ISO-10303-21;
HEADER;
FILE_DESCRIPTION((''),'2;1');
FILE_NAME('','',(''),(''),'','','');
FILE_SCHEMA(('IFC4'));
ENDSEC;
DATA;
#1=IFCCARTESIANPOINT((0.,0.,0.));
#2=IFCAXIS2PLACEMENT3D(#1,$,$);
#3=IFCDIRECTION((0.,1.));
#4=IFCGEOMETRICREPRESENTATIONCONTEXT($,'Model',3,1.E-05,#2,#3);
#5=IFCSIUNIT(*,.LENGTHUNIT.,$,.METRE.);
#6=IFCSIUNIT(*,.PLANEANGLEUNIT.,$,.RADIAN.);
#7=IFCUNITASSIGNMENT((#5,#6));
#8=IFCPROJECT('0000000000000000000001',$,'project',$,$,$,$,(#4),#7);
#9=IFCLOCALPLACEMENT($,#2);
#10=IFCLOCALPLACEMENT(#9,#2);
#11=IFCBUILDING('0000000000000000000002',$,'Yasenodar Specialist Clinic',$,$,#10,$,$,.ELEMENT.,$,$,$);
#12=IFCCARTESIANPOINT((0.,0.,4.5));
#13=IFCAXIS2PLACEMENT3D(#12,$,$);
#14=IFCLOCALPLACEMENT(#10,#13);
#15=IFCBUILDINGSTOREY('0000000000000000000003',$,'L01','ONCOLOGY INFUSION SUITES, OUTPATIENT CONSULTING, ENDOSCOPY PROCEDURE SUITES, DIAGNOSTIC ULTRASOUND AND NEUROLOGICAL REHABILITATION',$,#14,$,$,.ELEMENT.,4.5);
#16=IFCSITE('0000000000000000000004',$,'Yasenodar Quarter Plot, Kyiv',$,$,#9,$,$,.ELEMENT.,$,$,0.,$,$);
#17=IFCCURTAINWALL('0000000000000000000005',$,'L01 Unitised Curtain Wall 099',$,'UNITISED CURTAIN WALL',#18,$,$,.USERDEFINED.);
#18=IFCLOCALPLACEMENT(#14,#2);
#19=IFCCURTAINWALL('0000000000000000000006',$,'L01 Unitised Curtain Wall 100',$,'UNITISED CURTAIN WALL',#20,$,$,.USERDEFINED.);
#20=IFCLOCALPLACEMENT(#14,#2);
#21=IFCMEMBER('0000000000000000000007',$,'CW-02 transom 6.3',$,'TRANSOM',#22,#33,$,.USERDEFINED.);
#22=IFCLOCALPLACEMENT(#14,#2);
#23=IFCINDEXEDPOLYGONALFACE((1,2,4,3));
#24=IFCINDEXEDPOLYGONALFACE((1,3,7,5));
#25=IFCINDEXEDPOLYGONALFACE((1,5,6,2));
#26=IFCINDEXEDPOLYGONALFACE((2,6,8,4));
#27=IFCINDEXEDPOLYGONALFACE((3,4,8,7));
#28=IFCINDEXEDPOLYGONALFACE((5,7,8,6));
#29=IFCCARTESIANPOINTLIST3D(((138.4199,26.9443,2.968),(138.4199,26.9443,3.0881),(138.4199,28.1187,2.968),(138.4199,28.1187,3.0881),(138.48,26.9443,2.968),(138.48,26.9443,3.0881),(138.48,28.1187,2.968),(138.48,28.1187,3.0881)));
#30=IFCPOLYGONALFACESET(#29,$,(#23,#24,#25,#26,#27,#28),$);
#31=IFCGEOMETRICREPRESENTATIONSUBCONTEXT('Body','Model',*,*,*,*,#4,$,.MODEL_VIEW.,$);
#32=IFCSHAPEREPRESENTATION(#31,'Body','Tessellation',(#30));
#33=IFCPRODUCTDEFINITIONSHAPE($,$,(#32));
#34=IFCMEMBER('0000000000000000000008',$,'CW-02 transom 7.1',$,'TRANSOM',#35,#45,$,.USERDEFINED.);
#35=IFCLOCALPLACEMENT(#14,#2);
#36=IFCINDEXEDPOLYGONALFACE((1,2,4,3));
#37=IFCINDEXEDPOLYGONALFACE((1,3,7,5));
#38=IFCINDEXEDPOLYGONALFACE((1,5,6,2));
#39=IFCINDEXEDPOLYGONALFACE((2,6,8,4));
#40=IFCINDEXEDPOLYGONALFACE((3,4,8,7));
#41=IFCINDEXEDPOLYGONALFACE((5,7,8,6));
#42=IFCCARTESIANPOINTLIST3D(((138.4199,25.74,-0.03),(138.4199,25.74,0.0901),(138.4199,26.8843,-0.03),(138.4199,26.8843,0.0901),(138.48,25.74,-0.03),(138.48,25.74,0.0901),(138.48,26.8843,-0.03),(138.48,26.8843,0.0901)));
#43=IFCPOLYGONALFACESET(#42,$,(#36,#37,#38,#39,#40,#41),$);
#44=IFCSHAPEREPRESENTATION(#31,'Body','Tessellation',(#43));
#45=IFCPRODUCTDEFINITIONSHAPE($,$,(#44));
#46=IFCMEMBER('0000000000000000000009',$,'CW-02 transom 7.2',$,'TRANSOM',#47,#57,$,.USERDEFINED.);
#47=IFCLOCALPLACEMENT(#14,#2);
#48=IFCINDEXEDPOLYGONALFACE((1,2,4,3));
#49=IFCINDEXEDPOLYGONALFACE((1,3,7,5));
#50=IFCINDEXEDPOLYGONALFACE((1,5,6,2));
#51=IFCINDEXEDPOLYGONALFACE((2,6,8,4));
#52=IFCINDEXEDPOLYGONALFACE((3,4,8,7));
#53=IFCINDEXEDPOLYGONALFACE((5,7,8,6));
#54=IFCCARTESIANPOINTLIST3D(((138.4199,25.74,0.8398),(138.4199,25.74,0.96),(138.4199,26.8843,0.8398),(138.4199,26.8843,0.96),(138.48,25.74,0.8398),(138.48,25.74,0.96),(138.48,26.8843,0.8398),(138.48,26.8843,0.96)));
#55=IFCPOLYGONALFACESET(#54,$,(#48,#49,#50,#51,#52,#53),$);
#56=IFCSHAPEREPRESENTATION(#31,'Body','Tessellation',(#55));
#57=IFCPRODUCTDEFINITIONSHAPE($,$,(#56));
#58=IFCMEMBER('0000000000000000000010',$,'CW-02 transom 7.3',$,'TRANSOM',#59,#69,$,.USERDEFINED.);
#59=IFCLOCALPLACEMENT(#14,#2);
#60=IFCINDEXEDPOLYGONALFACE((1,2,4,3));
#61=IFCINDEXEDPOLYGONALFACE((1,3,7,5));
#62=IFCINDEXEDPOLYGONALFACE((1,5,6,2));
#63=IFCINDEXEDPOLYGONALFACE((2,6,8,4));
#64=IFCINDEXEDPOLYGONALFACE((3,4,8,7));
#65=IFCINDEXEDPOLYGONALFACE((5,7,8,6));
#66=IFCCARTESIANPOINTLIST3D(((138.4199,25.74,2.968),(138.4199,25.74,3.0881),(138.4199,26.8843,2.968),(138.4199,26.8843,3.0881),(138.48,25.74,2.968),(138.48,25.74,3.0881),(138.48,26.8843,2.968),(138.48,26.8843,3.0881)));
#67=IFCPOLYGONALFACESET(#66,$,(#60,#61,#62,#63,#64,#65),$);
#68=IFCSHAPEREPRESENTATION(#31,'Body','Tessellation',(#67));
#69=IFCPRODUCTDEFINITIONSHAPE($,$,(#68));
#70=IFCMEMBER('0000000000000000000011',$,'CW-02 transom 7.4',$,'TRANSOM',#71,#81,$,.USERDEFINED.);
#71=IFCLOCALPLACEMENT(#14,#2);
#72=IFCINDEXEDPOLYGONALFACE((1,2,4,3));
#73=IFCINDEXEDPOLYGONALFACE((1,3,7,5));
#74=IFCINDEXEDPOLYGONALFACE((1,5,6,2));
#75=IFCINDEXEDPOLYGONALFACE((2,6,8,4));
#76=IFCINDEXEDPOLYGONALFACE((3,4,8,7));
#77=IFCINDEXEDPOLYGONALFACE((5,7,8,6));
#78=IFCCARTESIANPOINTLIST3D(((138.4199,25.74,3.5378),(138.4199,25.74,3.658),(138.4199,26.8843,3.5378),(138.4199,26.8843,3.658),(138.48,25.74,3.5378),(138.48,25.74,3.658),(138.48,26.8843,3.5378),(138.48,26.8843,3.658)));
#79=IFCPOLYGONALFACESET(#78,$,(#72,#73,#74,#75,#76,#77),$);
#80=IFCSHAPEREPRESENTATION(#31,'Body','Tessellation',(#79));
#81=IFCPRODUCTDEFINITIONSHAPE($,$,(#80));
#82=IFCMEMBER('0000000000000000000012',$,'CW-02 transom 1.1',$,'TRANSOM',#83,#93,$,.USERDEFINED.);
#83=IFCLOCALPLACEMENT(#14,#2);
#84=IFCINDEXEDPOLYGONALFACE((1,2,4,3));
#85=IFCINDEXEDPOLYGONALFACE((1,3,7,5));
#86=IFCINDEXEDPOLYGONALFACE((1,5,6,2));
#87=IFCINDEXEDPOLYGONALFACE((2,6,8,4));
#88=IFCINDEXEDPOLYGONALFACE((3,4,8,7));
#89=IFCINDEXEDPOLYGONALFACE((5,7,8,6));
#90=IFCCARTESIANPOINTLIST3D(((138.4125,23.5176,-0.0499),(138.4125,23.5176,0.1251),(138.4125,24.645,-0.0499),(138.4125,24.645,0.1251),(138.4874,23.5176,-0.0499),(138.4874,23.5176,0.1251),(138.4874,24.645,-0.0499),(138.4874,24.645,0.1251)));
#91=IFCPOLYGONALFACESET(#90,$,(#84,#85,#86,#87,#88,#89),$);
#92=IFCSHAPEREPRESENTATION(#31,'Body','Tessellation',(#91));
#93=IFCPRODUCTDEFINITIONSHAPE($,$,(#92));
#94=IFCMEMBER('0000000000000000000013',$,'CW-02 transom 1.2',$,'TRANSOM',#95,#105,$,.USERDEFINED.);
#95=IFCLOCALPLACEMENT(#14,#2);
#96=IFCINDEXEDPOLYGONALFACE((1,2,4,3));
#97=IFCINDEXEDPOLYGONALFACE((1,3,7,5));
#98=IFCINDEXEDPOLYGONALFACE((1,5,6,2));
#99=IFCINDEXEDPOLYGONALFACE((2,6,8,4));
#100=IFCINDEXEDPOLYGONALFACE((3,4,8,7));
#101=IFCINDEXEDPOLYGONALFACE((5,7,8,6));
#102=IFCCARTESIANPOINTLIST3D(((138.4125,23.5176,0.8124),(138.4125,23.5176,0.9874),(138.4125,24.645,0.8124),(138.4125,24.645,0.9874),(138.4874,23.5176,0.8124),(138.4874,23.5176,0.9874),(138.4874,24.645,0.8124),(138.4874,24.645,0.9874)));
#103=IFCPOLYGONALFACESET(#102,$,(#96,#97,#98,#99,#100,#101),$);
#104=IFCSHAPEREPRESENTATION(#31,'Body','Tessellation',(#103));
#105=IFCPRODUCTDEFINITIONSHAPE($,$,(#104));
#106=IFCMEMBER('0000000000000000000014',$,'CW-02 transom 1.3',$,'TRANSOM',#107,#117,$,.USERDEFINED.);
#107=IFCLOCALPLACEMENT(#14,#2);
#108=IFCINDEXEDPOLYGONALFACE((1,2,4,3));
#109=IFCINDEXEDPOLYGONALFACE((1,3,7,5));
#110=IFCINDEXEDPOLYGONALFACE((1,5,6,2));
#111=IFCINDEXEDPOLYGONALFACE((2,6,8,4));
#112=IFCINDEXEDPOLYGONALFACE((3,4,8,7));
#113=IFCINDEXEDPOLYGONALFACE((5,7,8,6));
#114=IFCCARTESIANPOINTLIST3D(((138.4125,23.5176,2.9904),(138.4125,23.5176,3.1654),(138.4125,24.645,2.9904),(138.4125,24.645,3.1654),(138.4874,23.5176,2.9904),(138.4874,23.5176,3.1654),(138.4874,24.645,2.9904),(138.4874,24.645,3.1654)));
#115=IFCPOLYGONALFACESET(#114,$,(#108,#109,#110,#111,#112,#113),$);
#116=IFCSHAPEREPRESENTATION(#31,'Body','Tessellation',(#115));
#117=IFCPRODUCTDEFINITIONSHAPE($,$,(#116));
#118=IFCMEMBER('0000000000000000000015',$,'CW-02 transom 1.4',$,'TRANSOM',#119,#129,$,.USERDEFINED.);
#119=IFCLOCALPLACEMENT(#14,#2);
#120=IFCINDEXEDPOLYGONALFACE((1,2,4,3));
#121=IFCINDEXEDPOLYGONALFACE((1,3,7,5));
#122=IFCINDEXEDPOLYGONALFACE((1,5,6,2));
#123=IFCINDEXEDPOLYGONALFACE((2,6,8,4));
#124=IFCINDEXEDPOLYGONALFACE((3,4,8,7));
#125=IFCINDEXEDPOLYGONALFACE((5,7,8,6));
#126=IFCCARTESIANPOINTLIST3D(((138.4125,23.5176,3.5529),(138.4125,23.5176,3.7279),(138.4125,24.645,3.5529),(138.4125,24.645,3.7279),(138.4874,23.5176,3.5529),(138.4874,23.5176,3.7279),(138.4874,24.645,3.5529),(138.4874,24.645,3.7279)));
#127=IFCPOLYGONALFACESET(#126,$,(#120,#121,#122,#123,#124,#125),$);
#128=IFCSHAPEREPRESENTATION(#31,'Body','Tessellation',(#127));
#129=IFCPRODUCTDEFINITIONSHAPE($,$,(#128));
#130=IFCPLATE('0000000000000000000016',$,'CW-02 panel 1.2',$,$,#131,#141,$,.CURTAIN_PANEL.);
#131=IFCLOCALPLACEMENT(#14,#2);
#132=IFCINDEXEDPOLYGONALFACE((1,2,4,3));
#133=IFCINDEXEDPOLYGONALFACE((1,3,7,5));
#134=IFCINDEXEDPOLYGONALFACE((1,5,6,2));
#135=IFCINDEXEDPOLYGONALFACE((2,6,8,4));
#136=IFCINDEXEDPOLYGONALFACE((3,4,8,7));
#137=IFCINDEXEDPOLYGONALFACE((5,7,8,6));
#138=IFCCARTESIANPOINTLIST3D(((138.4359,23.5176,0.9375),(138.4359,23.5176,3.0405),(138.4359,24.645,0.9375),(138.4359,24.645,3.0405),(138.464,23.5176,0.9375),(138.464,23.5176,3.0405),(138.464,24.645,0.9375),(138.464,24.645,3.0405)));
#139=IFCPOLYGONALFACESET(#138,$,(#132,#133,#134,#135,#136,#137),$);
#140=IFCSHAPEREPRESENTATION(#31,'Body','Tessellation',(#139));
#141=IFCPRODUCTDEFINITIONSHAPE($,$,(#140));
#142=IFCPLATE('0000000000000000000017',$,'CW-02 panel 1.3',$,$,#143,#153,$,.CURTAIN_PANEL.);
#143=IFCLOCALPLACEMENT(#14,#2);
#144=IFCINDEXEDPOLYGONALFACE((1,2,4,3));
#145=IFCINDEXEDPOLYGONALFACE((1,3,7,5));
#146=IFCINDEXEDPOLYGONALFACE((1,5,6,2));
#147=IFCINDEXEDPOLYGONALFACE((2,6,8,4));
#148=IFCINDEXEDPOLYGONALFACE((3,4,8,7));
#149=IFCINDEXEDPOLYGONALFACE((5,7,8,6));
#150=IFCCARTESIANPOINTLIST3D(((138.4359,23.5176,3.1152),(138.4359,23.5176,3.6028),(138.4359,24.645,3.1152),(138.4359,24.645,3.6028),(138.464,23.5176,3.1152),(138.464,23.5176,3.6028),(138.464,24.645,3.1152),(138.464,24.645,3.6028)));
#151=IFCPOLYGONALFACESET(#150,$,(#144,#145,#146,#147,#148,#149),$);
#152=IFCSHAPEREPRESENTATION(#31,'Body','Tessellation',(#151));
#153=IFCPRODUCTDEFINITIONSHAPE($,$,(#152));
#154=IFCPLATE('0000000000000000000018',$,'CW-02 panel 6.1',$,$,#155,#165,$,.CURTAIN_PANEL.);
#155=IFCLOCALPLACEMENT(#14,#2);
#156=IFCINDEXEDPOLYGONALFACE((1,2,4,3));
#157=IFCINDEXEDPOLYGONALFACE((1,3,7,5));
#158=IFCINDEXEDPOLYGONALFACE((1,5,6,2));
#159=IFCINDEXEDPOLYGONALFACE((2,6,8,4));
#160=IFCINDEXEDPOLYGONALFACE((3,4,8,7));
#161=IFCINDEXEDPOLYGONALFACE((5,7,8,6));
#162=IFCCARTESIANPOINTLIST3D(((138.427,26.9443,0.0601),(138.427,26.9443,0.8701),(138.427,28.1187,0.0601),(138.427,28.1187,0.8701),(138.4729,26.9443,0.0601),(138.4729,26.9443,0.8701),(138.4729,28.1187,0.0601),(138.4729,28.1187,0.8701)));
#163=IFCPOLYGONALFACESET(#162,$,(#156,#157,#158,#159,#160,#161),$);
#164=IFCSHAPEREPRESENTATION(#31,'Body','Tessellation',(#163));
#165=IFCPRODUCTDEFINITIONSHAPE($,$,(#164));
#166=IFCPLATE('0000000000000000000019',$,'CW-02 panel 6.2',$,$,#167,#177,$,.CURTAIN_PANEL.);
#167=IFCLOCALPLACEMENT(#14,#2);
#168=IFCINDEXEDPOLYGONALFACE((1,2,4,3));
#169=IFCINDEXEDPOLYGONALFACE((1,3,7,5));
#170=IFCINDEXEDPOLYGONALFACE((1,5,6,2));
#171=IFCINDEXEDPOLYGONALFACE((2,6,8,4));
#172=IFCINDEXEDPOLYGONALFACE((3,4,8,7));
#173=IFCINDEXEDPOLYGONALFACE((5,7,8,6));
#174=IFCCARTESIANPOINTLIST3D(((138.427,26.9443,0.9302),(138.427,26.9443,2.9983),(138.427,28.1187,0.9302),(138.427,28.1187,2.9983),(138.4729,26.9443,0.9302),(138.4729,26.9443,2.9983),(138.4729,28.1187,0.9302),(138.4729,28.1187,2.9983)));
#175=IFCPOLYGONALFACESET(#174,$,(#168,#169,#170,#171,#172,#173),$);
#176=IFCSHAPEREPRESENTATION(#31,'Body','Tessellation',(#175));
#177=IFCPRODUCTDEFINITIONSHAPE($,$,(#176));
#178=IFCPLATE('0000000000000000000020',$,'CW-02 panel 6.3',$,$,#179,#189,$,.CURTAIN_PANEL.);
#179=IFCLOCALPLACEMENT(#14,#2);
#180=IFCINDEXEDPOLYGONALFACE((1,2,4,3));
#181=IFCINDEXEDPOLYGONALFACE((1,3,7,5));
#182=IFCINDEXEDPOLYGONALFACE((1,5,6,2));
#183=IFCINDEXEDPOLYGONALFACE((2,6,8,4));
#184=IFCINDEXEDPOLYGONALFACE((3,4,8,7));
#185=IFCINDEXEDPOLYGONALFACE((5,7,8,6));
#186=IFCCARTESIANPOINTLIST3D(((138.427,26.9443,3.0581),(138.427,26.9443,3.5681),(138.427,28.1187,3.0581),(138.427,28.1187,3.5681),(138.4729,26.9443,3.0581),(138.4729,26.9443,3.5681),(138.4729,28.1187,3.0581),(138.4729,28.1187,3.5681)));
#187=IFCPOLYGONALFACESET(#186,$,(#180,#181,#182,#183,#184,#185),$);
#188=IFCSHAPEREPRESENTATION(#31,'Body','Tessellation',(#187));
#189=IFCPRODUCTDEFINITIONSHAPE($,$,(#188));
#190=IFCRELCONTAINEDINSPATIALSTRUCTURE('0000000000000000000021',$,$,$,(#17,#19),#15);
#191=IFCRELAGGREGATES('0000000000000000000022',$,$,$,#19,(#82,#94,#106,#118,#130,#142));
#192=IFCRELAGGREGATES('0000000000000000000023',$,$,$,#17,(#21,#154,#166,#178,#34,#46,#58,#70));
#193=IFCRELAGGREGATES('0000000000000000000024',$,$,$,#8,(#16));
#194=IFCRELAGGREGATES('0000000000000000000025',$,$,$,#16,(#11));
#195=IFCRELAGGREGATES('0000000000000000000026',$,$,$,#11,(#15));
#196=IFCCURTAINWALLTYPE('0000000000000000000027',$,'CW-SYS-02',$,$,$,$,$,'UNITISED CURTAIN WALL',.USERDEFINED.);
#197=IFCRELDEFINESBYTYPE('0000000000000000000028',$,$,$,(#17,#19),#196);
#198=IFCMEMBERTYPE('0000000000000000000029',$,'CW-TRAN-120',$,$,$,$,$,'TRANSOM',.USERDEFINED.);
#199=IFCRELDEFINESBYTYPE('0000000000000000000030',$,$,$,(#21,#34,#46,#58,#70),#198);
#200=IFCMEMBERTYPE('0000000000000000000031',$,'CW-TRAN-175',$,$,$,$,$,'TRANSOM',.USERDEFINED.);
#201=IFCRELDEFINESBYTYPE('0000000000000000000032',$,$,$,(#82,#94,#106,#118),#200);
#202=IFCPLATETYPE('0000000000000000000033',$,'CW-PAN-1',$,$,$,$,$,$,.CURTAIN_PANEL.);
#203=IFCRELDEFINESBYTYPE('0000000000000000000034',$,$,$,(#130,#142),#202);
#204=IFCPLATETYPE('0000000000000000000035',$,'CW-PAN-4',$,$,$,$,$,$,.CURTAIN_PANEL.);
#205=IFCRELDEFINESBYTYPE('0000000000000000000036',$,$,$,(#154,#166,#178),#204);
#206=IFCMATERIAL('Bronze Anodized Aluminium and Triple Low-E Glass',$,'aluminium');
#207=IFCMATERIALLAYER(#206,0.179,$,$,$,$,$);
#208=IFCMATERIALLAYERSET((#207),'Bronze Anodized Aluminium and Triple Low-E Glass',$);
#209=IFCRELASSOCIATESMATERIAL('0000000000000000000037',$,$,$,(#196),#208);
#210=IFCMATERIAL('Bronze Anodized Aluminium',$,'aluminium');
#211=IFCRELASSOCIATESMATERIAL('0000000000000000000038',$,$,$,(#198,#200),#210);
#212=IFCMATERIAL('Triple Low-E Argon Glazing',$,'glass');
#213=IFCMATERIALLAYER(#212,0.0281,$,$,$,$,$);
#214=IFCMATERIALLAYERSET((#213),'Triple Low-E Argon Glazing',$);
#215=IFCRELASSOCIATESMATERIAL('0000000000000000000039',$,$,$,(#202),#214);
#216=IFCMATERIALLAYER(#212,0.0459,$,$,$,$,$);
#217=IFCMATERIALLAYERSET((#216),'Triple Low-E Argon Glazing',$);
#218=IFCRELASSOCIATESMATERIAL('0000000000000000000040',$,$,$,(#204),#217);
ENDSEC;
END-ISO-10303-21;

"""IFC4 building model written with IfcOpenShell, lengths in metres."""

from ifc_helpers import new_model, si_unit, direction, frame, origin, origin_2d, place, context, subcontext, project, spatial, rectangle, extrude, material, layer, layer_set, material_profile, profile_set, type_object, element, aggregate, save


model = new_model("IFC4")

# Units and contexts
model_context = context("Model", 3, precision=1e-05, world=origin(), true_north=direction((0.0, 1.0)))
body_context = subcontext(model_context, "Body", "Model", "MODEL_VIEW")
ifc_project = project(units=[si_unit("LENGTHUNIT", "METRE"), si_unit("PLANEANGLEUNIT", "RADIAN")], contexts=[model_context])

# Site, building, storey
site_placement = place(None, origin())
site = spatial("IfcSite", under=ifc_project, at=site_placement, Name="Yasenodar Quarter Plot, Kyiv", CompositionType="ELEMENT", RefElevation=0.0)
building_placement = place(site_placement, origin())
building = spatial("IfcBuilding", under=site, at=building_placement, Name="Yasenodar Specialist Clinic", CompositionType="ELEMENT")
storey_placement = place(building_placement, frame((0.0, 0.0, 4.5)))
storey = spatial("IfcBuildingStorey", under=building, at=storey_placement, Name="L01", Description="ONCOLOGY INFUSION SUITES, OUTPATIENT CONSULTING, ENDOSCOPY PROCEDURE SUITES, DIAGNOSTIC ULTRASOUND AND NEUROLOGICAL REHABILITATION", CompositionType="ELEMENT", Elevation=4.5)

# Curtain wall
ifc_material_1 = material(Name="Bronze Anodized Aluminium and Triple Low-E Glass", Category="aluminium")
ifc_layer_1 = layer(ifc_material_1, 0.179)
ifc_layer_set_1 = layer_set([ifc_layer_1], Name="Bronze Anodized Aluminium and Triple Low-E Glass")
curtain_wall_type = type_object("IfcCurtainWallType", Name="CW-SYS-02", ElementType="UNITISED CURTAIN WALL", PredefinedType="USERDEFINED", material=ifc_layer_set_1)
curtain_wall_1_placement = place(storey_placement, origin())
curtain_wall_1 = element("IfcCurtainWall", 1, at=curtain_wall_1_placement, inside=storey, type_object=curtain_wall_type, Name="L01 Unitised Curtain Wall 099", ObjectType="UNITISED CURTAIN WALL", PredefinedType="USERDEFINED")
ifc_material_2 = material(Name="Bronze Anodized Aluminium", Category="aluminium")

# Curtain wall
curtain_wall_2_placement = place(storey_placement, origin())
curtain_wall_2 = element("IfcCurtainWall", 2, at=curtain_wall_2_placement, inside=storey, type_object=curtain_wall_type, Name="L01 Unitised Curtain Wall 100", ObjectType="UNITISED CURTAIN WALL", PredefinedType="USERDEFINED")

# Members
ifc_material_profile_1 = material_profile(ifc_material_2, rectangle(XDim=0.0601, YDim=0.1201, at=origin_2d()), Name="CW-TRAN 60x120")
ifc_profile_set_1 = profile_set([ifc_material_profile_1], Name="Bronze Anodized Aluminium")
member_type_1 = type_object("IfcMemberType", Name="CW-TRAN-120", ElementType="TRANSOM", PredefinedType="USERDEFINED", material=ifc_profile_set_1)
member_1_placement = place(storey_placement, frame((138.45, 28.1187, 3.0281), z_axis=(0.0, -1.0, 0.0), x_axis=(1.0, 0.0, 0.0)))
member_1 = element("IfcMember", 3, at=member_1_placement, type_object=member_type_1, Name="CW-02 transom 6.3", ObjectType="TRANSOM", PredefinedType="USERDEFINED", context=body_context, shape_type="SweptSolid", body=[
    extrude(rectangle(XDim=0.0601, YDim=0.1201, at=origin_2d()), origin(), (0.0, 0.0, 1.0), 1.1743),
])
member_2_placement = place(storey_placement, frame((138.45, 26.8843, 0.03), z_axis=(0.0, -1.0, 0.0), x_axis=(1.0, 0.0, 0.0)))
member_2 = element("IfcMember", 4, at=member_2_placement, type_object=member_type_1, Name="CW-02 transom 7.1", ObjectType="TRANSOM", PredefinedType="USERDEFINED", context=body_context, shape_type="SweptSolid", body=[
    extrude(rectangle(XDim=0.0601, YDim=0.1201, at=origin_2d()), origin(), (0.0, 0.0, 1.0), 1.1443),
])
member_3_placement = place(storey_placement, frame((138.45, 26.8843, 0.8999), z_axis=(0.0, -1.0, 0.0), x_axis=(1.0, 0.0, 0.0)))
member_3 = element("IfcMember", 5, at=member_3_placement, type_object=member_type_1, Name="CW-02 transom 7.2", ObjectType="TRANSOM", PredefinedType="USERDEFINED", context=body_context, shape_type="SweptSolid", body=[
    extrude(rectangle(XDim=0.0601, YDim=0.1201, at=origin_2d()), origin(), (0.0, 0.0, 1.0), 1.1443),
])
member_4_placement = place(storey_placement, frame((138.45, 26.8843, 3.0281), z_axis=(0.0, -1.0, 0.0), x_axis=(1.0, 0.0, 0.0)))
member_4 = element("IfcMember", 6, at=member_4_placement, type_object=member_type_1, Name="CW-02 transom 7.3", ObjectType="TRANSOM", PredefinedType="USERDEFINED", context=body_context, shape_type="SweptSolid", body=[
    extrude(rectangle(XDim=0.0601, YDim=0.1201, at=origin_2d()), origin(), (0.0, 0.0, 1.0), 1.1443),
])
member_5_placement = place(storey_placement, frame((138.45, 26.8843, 3.5979), z_axis=(0.0, -1.0, 0.0), x_axis=(1.0, 0.0, 0.0)))
member_5 = element("IfcMember", 7, at=member_5_placement, type_object=member_type_1, Name="CW-02 transom 7.4", ObjectType="TRANSOM", PredefinedType="USERDEFINED", context=body_context, shape_type="SweptSolid", body=[
    extrude(rectangle(XDim=0.0601, YDim=0.1201, at=origin_2d()), origin(), (0.0, 0.0, 1.0), 1.1443),
])
ifc_material_profile_2 = material_profile(ifc_material_2, rectangle(XDim=0.075, YDim=0.175, at=origin_2d()), Name="CW-TRAN 75x175")
ifc_profile_set_2 = profile_set([ifc_material_profile_2], Name="Bronze Anodized Aluminium")
member_type_2 = type_object("IfcMemberType", Name="CW-TRAN-175", ElementType="TRANSOM", PredefinedType="USERDEFINED", material=ifc_profile_set_2)
member_6_placement = place(storey_placement, frame((138.45, 24.645, 0.0376), z_axis=(0.0, -1.0, 0.0), x_axis=(1.0, 0.0, 0.0)))
member_6 = element("IfcMember", 8, at=member_6_placement, type_object=member_type_2, Name="CW-02 transom 1.1", ObjectType="TRANSOM", PredefinedType="USERDEFINED", context=body_context, shape_type="SweptSolid", body=[
    extrude(rectangle(XDim=0.075, YDim=0.175, at=origin_2d()), origin(), (0.0, 0.0, 1.0), 1.1274),
])
member_7_placement = place(storey_placement, frame((138.45, 24.645, 0.8999), z_axis=(0.0, -1.0, 0.0), x_axis=(1.0, 0.0, 0.0)))
member_7 = element("IfcMember", 9, at=member_7_placement, type_object=member_type_2, Name="CW-02 transom 1.2", ObjectType="TRANSOM", PredefinedType="USERDEFINED", context=body_context, shape_type="SweptSolid", body=[
    extrude(rectangle(XDim=0.075, YDim=0.175, at=origin_2d()), origin(), (0.0, 0.0, 1.0), 1.1274),
])
member_8_placement = place(storey_placement, frame((138.45, 24.645, 3.0779), z_axis=(0.0, -1.0, 0.0), x_axis=(1.0, 0.0, 0.0)))
member_8 = element("IfcMember", 10, at=member_8_placement, type_object=member_type_2, Name="CW-02 transom 1.3", ObjectType="TRANSOM", PredefinedType="USERDEFINED", context=body_context, shape_type="SweptSolid", body=[
    extrude(rectangle(XDim=0.075, YDim=0.175, at=origin_2d()), origin(), (0.0, 0.0, 1.0), 1.1274),
])
member_9_placement = place(storey_placement, frame((138.45, 24.645, 3.6404), z_axis=(0.0, -1.0, 0.0), x_axis=(1.0, 0.0, 0.0)))
member_9 = element("IfcMember", 11, at=member_9_placement, type_object=member_type_2, Name="CW-02 transom 1.4", ObjectType="TRANSOM", PredefinedType="USERDEFINED", context=body_context, shape_type="SweptSolid", body=[
    extrude(rectangle(XDim=0.075, YDim=0.175, at=origin_2d()), origin(), (0.0, 0.0, 1.0), 1.1274),
])

# Plates
ifc_material_3 = material(Name="Triple Low-E Argon Glazing", Category="glass")
ifc_layer_2 = layer(ifc_material_3, 0.0281)
ifc_layer_set_2 = layer_set([ifc_layer_2], Name="Triple Low-E Argon Glazing")
plate_type_1 = type_object("IfcPlateType", Name="CW-PAN-1", PredefinedType="CURTAIN_PANEL", material=ifc_layer_set_2)
plate_1_placement = place(storey_placement, frame((138.45, 24.0813, 0.9375), z_axis=(0.0, 0.0, 1.0), x_axis=(0.0, -1.0, 0.0)))
plate_1 = element("IfcPlate", 12, at=plate_1_placement, type_object=plate_type_1, Name="CW-02 panel 1.2", PredefinedType="CURTAIN_PANEL", context=body_context, shape_type="SweptSolid", body=[
    extrude(rectangle(XDim=1.1274, YDim=0.0281, at=origin_2d()), origin(), (0.0, 0.0, 1.0), 2.103),
])
plate_2_placement = place(storey_placement, frame((138.45, 24.0813, 3.1152), z_axis=(0.0, 0.0, 1.0), x_axis=(0.0, -1.0, 0.0)))
plate_2 = element("IfcPlate", 13, at=plate_2_placement, type_object=plate_type_1, Name="CW-02 panel 1.3", PredefinedType="CURTAIN_PANEL", context=body_context, shape_type="SweptSolid", body=[
    extrude(rectangle(XDim=1.1274, YDim=0.0281, at=origin_2d()), origin(), (0.0, 0.0, 1.0), 0.4875),
])
aggregate(curtain_wall_2, [member_6, member_7, member_8, member_9, plate_1, plate_2])
ifc_layer_3 = layer(ifc_material_3, 0.0459)
ifc_layer_set_3 = layer_set([ifc_layer_3], Name="Triple Low-E Argon Glazing")
plate_type_2 = type_object("IfcPlateType", Name="CW-PAN-4", PredefinedType="CURTAIN_PANEL", material=ifc_layer_set_3)
plate_3_placement = place(storey_placement, frame((138.45, 27.5315, 0.0601), z_axis=(0.0, 0.0, 1.0), x_axis=(0.0, -1.0, 0.0)))
plate_3 = element("IfcPlate", 14, at=plate_3_placement, type_object=plate_type_2, Name="CW-02 panel 6.1", PredefinedType="CURTAIN_PANEL", context=body_context, shape_type="SweptSolid", body=[
    extrude(rectangle(XDim=1.1743, YDim=0.0459, at=origin_2d()), origin(), (0.0, 0.0, 1.0), 0.8101),
])
plate_4_placement = place(storey_placement, frame((138.45, 27.5315, 0.9302), z_axis=(0.0, 0.0, 1.0), x_axis=(0.0, -1.0, 0.0)))
plate_4 = element("IfcPlate", 15, at=plate_4_placement, type_object=plate_type_2, Name="CW-02 panel 6.2", PredefinedType="CURTAIN_PANEL", context=body_context, shape_type="SweptSolid", body=[
    extrude(rectangle(XDim=1.1743, YDim=0.0459, at=origin_2d()), origin(), (0.0, 0.0, 1.0), 2.0681),
])
plate_5_placement = place(storey_placement, frame((138.45, 27.5315, 3.0581), z_axis=(0.0, 0.0, 1.0), x_axis=(0.0, -1.0, 0.0)))
plate_5 = element("IfcPlate", 16, at=plate_5_placement, type_object=plate_type_2, Name="CW-02 panel 6.3", PredefinedType="CURTAIN_PANEL", context=body_context, shape_type="SweptSolid", body=[
    extrude(rectangle(XDim=1.1743, YDim=0.0459, at=origin_2d()), origin(), (0.0, 0.0, 1.0), 0.51),
])
aggregate(curtain_wall_1, [member_1, plate_3, plate_4, plate_5, member_2, member_3, member_4, member_5])

save(model, "model.ifc")
